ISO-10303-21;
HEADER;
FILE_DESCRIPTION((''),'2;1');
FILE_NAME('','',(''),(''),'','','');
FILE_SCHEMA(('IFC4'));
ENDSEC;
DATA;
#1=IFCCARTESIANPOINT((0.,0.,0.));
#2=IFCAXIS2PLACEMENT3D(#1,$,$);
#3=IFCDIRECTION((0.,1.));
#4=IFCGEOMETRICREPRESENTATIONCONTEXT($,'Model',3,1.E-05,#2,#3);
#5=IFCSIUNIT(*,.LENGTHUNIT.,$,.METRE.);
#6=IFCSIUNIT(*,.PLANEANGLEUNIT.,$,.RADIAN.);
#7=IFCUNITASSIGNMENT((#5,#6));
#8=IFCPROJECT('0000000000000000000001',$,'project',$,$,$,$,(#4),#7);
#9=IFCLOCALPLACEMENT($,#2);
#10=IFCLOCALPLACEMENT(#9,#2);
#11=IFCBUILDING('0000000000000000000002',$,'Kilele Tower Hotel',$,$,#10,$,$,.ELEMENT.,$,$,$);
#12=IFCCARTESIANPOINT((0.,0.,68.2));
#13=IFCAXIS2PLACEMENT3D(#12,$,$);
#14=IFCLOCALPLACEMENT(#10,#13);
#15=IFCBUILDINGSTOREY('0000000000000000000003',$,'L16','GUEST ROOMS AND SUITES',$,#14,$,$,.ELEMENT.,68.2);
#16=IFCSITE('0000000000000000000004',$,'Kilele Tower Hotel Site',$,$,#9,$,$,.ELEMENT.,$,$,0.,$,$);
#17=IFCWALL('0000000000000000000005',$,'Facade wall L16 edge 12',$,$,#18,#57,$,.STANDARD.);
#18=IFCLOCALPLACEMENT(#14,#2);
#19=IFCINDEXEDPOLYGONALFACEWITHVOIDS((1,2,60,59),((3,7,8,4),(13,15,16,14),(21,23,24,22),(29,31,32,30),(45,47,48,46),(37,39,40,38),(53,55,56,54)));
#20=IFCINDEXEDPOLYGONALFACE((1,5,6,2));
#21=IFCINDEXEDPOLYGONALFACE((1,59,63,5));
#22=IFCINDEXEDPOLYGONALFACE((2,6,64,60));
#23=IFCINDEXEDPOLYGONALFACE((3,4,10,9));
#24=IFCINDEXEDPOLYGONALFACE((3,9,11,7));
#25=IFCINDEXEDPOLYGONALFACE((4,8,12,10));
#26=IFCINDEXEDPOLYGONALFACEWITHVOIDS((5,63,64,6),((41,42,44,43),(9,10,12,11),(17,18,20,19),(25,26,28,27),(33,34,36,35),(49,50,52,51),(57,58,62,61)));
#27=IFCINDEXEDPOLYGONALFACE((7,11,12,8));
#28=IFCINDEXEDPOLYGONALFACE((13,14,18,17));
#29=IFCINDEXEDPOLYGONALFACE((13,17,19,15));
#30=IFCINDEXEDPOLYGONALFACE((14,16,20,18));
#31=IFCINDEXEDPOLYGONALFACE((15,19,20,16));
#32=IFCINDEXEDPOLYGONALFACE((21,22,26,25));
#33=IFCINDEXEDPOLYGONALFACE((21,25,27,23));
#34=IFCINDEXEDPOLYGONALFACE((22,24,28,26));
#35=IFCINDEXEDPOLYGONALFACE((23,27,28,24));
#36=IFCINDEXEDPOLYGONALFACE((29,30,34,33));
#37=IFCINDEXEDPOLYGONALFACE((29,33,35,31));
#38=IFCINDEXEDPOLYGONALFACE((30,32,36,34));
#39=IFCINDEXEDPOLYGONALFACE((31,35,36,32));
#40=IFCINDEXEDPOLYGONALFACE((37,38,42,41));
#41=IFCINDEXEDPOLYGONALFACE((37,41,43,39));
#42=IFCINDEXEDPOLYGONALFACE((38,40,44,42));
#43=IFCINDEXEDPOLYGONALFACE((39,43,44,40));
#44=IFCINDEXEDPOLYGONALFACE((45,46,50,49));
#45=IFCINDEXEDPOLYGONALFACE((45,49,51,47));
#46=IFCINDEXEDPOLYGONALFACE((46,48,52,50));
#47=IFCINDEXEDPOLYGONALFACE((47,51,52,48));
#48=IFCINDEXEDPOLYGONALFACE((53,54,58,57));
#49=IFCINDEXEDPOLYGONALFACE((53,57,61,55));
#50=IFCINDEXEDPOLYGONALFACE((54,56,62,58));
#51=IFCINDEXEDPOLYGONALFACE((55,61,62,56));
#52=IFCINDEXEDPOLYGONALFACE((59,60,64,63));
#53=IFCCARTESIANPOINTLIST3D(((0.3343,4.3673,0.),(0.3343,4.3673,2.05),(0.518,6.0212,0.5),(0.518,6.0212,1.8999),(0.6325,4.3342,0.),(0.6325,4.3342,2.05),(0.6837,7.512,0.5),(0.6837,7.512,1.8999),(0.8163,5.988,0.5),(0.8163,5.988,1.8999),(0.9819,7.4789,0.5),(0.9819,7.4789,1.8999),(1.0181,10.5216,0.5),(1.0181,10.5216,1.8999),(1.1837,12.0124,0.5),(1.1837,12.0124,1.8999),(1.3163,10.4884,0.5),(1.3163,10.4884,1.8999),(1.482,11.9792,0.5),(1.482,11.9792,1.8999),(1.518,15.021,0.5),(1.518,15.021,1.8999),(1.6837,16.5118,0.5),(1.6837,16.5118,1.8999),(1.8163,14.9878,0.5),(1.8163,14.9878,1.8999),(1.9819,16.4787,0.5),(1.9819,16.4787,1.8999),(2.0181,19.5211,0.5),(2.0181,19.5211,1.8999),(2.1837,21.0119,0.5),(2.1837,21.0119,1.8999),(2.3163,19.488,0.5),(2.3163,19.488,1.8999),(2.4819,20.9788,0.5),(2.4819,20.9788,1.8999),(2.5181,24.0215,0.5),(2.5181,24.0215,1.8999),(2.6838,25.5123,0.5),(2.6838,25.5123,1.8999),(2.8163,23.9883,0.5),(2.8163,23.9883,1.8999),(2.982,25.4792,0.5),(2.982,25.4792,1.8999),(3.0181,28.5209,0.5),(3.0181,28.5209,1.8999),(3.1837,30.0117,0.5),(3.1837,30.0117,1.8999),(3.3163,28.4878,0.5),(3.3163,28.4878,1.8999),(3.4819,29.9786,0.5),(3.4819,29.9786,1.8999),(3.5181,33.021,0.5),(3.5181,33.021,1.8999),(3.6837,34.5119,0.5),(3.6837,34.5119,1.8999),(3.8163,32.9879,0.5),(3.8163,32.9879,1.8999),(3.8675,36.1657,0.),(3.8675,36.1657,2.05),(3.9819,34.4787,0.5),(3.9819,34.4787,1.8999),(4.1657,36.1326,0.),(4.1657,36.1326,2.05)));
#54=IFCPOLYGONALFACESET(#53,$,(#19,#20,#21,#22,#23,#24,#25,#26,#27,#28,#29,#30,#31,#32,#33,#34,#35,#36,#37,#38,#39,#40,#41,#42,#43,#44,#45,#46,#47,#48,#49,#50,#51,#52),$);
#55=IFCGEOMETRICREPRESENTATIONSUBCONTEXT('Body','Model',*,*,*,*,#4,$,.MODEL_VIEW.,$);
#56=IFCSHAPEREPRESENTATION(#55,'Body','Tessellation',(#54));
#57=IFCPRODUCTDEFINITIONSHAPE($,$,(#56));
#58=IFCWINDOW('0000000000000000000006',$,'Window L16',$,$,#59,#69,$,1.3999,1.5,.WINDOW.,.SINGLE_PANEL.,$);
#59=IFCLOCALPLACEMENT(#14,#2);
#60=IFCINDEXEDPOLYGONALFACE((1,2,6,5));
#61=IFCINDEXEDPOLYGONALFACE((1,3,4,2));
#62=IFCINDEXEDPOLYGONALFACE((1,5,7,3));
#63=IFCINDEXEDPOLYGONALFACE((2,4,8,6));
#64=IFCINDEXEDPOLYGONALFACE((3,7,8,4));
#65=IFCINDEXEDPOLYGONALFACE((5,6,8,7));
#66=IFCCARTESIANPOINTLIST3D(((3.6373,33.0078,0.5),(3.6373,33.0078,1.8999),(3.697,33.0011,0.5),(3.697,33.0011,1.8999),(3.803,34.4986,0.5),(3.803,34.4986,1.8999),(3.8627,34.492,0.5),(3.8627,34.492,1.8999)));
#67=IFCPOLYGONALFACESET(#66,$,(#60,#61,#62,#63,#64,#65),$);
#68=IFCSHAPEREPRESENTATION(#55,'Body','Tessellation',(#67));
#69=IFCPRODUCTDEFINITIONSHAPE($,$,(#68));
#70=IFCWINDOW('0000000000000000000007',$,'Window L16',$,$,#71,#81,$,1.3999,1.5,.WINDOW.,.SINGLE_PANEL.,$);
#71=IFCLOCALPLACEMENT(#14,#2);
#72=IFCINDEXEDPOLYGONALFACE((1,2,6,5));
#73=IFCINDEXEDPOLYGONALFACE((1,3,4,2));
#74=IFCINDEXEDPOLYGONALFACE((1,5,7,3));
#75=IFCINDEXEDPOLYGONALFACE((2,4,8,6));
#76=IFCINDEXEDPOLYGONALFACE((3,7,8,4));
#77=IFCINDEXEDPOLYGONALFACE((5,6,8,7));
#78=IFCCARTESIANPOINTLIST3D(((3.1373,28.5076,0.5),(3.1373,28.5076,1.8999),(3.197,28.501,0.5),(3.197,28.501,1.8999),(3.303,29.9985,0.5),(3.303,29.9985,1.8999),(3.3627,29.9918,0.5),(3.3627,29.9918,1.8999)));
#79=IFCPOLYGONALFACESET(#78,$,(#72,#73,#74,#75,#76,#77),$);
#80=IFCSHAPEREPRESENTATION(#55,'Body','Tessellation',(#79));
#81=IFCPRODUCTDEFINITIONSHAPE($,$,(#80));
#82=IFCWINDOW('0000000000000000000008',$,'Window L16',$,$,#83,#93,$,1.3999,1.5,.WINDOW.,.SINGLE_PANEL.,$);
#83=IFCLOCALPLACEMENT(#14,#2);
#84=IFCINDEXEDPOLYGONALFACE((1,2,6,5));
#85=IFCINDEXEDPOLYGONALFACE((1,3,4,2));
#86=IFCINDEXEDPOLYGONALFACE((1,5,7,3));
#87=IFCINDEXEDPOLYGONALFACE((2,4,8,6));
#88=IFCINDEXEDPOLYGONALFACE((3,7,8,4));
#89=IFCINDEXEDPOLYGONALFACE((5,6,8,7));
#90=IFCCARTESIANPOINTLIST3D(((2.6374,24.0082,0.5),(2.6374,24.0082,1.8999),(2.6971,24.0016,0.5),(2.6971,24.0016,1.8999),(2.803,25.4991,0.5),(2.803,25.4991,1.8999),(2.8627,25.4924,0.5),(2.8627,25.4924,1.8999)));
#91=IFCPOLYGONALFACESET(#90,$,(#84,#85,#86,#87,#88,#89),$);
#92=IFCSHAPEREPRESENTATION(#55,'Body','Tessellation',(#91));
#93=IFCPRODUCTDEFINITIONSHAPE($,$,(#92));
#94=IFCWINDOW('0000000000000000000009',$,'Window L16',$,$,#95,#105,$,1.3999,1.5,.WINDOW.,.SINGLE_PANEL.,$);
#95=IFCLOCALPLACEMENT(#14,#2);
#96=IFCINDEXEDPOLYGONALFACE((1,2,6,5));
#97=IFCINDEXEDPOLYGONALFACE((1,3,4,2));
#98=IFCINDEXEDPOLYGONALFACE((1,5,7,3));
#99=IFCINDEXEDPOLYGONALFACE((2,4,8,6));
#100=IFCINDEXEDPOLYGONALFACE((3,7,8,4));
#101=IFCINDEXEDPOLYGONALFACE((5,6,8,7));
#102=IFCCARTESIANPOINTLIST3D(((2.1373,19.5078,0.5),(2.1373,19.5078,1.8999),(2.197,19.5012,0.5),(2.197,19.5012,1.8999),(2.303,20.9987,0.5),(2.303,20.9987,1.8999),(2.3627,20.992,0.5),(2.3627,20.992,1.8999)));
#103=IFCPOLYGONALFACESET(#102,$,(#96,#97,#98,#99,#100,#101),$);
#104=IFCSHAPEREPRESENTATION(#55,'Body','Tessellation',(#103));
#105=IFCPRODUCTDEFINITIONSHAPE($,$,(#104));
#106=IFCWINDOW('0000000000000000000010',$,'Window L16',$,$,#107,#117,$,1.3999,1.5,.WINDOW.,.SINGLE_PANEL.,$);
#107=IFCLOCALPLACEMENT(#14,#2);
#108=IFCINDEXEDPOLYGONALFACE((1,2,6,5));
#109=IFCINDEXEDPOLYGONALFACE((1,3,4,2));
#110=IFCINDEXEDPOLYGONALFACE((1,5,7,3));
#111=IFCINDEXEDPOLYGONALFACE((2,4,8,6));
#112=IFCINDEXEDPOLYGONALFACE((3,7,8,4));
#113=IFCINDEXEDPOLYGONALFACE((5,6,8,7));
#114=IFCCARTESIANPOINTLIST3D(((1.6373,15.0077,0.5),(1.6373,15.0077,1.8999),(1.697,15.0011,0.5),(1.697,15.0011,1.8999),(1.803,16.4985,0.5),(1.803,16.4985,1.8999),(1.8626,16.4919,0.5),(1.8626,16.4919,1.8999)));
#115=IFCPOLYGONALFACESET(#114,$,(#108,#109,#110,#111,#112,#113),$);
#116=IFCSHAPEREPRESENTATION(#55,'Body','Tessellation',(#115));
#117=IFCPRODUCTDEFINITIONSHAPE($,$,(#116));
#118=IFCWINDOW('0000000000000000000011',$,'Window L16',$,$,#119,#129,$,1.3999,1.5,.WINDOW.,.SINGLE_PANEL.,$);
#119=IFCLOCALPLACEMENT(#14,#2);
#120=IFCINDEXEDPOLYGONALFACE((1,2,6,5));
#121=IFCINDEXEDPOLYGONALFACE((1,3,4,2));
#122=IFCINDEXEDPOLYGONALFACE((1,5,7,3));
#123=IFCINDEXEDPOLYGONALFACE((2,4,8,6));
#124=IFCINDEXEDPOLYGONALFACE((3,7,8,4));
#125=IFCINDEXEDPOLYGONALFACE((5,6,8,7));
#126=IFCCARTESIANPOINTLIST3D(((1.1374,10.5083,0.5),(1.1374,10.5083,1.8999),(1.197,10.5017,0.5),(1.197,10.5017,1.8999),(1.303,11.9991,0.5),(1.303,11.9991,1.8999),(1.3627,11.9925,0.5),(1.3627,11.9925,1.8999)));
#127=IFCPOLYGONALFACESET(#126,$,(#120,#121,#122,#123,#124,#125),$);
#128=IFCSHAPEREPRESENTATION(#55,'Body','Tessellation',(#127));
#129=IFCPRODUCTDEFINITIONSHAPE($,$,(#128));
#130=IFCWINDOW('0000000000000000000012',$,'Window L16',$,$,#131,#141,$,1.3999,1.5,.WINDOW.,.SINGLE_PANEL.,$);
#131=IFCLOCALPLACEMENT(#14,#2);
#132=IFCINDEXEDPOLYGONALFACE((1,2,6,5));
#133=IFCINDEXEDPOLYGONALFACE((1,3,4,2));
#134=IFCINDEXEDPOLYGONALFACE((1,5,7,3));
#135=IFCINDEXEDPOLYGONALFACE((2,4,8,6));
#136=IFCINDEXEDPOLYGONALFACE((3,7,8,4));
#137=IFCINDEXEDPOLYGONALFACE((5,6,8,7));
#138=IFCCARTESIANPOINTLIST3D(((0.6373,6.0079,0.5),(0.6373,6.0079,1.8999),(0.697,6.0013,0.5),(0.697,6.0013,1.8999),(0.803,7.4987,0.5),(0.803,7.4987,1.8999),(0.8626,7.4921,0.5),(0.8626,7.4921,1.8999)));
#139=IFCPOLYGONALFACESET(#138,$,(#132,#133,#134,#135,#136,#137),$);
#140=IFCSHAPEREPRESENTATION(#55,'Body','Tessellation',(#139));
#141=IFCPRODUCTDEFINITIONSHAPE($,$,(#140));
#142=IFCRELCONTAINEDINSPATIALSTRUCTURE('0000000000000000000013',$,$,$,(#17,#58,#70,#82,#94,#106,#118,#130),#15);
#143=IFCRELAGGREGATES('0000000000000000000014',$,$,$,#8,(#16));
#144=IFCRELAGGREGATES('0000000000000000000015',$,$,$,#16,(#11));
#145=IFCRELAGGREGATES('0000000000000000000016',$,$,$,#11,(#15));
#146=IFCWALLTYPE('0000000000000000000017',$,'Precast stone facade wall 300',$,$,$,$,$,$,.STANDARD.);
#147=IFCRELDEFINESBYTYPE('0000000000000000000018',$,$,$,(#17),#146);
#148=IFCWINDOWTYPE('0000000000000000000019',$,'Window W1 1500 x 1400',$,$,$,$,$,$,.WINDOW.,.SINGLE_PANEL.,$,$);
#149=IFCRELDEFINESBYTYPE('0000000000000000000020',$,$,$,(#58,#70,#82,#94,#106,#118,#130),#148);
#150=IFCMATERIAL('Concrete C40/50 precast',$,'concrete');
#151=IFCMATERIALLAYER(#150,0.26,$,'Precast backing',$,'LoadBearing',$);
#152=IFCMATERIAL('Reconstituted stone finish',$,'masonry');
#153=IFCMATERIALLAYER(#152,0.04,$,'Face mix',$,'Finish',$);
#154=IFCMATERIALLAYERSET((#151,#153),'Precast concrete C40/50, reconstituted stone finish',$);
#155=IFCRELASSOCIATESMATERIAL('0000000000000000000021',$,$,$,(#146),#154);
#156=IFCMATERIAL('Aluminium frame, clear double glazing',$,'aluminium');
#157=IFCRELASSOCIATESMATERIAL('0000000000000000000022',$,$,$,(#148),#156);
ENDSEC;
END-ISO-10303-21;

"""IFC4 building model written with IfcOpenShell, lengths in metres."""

from ifc_helpers import new_model, si_unit, direction, frame, frame_2d, origin, place, context, subcontext, project, spatial, rectangle, extrude, material, layer, layer_set, type_object, element, fill, save


model = new_model("IFC4")

# Units and contexts
model_context = context("Model", 3, precision=1e-05, world=origin(), true_north=direction((0.0, 1.0)))
body_context = subcontext(model_context, "Body", "Model", "MODEL_VIEW")
ifc_project = project(units=[si_unit("LENGTHUNIT", "METRE"), si_unit("PLANEANGLEUNIT", "RADIAN")], contexts=[model_context])

# Site, building, storey
site_placement = place(None, origin())
site = spatial("IfcSite", under=ifc_project, at=site_placement, Name="Kilele Tower Hotel Site", CompositionType="ELEMENT", RefElevation=0.0)
building_placement = place(site_placement, origin())
building = spatial("IfcBuilding", under=site, at=building_placement, Name="Kilele Tower Hotel", CompositionType="ELEMENT")
storey_placement = place(building_placement, frame((0.0, 0.0, 68.2)))
storey = spatial("IfcBuildingStorey", under=building, at=storey_placement, Name="L16", Description="GUEST ROOMS AND SUITES", CompositionType="ELEMENT", Elevation=68.2)

# Shared definitions
ifc_material_1 = material(Name="Concrete C40/50 precast", Category="concrete")
ifc_layer_1 = layer(ifc_material_1, 0.26, Name="Precast backing", Category="LoadBearing")
ifc_material_2 = material(Name="Reconstituted stone finish", Category="masonry")
ifc_layer_2 = layer(ifc_material_2, 0.04, Name="Face mix", Category="Finish")
ifc_layer_set_1 = layer_set([ifc_layer_1, ifc_layer_2], Name="Precast concrete C40/50, reconstituted stone finish")
wall_type_1 = type_object("IfcWallType", Name="Precast stone facade wall 300", PredefinedType="STANDARD", material=ifc_layer_set_1)
ifc_material_3 = material(Name="Aluminium frame, clear double glazing", Category="aluminium")
window_type_1 = type_object("IfcWindowType", Name="Window W1 1500 x 1400", PartitioningType="SINGLE_PANEL", PredefinedType="WINDOW", material=ifc_material_3)

# Wall, openings, windows
wall_1_placement = place(storey_placement, frame((4.0166, 36.1492, 0.0), z_axis=(0.0, 0.0, 1.0), x_axis=(-0.110433, -0.993884, 0.0)))
wall_1 = element("IfcWall", 1, at=wall_1_placement, inside=storey, type_object=wall_type_1, Name="Facade wall L16 edge 12", PredefinedType="STANDARD", context=body_context, shape_type="SweptSolid", body=[
    extrude(rectangle(XDim=31.9941, YDim=0.3, at=frame_2d((15.9971, 0.0))), origin(), (0.0, 0.0, 1.0), 2.05),
])
opening_1_placement = place(wall_1_placement, frame((1.6641, 0.0, 0.5)))
opening_1 = element("IfcOpeningElement", 2, at=opening_1_placement, cuts=wall_1, PredefinedType="OPENING", context=body_context, shape_type="SweptSolid", body=[
    extrude(rectangle(XDim=1.5, YDim=1.3999, at=frame_2d((0.75, 0.7))), frame((0.0, 0.1599, 0.0), z_axis=(0.0, -1.0, 0.0), x_axis=(1.0, 0.0, 0.0)), (0.0, 0.0, 1.0), 0.3201),
])
opening_2_placement = place(wall_1_placement, frame((6.1919, 0.0, 0.5)))
opening_2 = element("IfcOpeningElement", 3, at=opening_2_placement, cuts=wall_1, PredefinedType="OPENING", context=body_context, shape_type="SweptSolid", body=[
    extrude(rectangle(XDim=1.5, YDim=1.3999, at=frame_2d((0.75, 0.7))), frame((0.0, 0.1599, 0.0), z_axis=(0.0, -1.0, 0.0), x_axis=(1.0, 0.0, 0.0)), (0.0, 0.0, 1.0), 0.3201),
])
opening_3_placement = place(wall_1_placement, frame((10.719, 0.0, 0.5)))
opening_3 = element("IfcOpeningElement", 4, at=opening_3_placement, cuts=wall_1, PredefinedType="OPENING", context=body_context, shape_type="SweptSolid", body=[
    extrude(rectangle(XDim=1.5, YDim=1.3999, at=frame_2d((0.75, 0.7))), frame((0.0, 0.1599, 0.0), z_axis=(0.0, -1.0, 0.0), x_axis=(1.0, 0.0, 0.0)), (0.0, 0.0, 1.0), 0.3201),
])
opening_4_placement = place(wall_1_placement, frame((15.2471, 0.0, 0.5)))
opening_4 = element("IfcOpeningElement", 5, at=opening_4_placement, cuts=wall_1, PredefinedType="OPENING", context=body_context, shape_type="SweptSolid", body=[
    extrude(rectangle(XDim=1.5, YDim=1.3999, at=frame_2d((0.75, 0.7))), frame((0.0, 0.1599, 0.0), z_axis=(0.0, -1.0, 0.0), x_axis=(1.0, 0.0, 0.0)), (0.0, 0.0, 1.0), 0.3201),
])
opening_5_placement = place(wall_1_placement, frame((19.7749, 0.0, 0.5)))
opening_5 = element("IfcOpeningElement", 6, at=opening_5_placement, cuts=wall_1, PredefinedType="OPENING", context=body_context, shape_type="SweptSolid", body=[
    extrude(rectangle(XDim=1.5, YDim=1.3999, at=frame_2d((0.75, 0.7))), frame((0.0, 0.1599, 0.0), z_axis=(0.0, -1.0, 0.0), x_axis=(1.0, 0.0, 0.0)), (0.0, 0.0, 1.0), 0.3201),
])
opening_6_placement = place(wall_1_placement, frame((24.302, 0.0, 0.5)))
opening_6 = element("IfcOpeningElement", 7, at=opening_6_placement, cuts=wall_1, PredefinedType="OPENING", context=body_context, shape_type="SweptSolid", body=[
    extrude(rectangle(XDim=1.5, YDim=1.3999, at=frame_2d((0.75, 0.7))), frame((0.0, 0.1599, 0.0), z_axis=(0.0, -1.0, 0.0), x_axis=(1.0, 0.0, 0.0)), (0.0, 0.0, 1.0), 0.3201),
])
opening_7_placement = place(wall_1_placement, frame((28.8301, 0.0, 0.5)))
opening_7 = element("IfcOpeningElement", 8, at=opening_7_placement, cuts=wall_1, PredefinedType="OPENING", context=body_context, shape_type="SweptSolid", body=[
    extrude(rectangle(XDim=1.5, YDim=1.3999, at=frame_2d((0.75, 0.7))), frame((0.0, 0.1599, 0.0), z_axis=(0.0, -1.0, 0.0), x_axis=(1.0, 0.0, 0.0)), (0.0, 0.0, 1.0), 0.3201),
])
window_1_placement = place(opening_1_placement, origin())
window_1 = element("IfcWindow", 9, at=window_1_placement, inside=storey, type_object=window_type_1, Name="Window L16", OverallHeight=1.3999, OverallWidth=1.5, PartitioningType="SINGLE_PANEL", PredefinedType="WINDOW", context=body_context, shape_type="SweptSolid", body=[
    extrude(rectangle(XDim=1.5, YDim=1.3999, at=frame_2d((0.75, 0.7))), frame((0.0, 0.03, 0.0), z_axis=(0.0, -1.0, 0.0), x_axis=(1.0, 0.0, 0.0)), (0.0, 0.0, 1.0), 0.0601),
])
fill(opening_1, window_1)
window_2_placement = place(opening_2_placement, origin())
window_2 = element("IfcWindow", 10, at=window_2_placement, inside=storey, type_object=window_type_1, Name="Window L16", OverallHeight=1.3999, OverallWidth=1.5, PartitioningType="SINGLE_PANEL", PredefinedType="WINDOW", context=body_context, shape_type="SweptSolid", body=[
    extrude(rectangle(XDim=1.5, YDim=1.3999, at=frame_2d((0.75, 0.7))), frame((0.0, 0.03, 0.0), z_axis=(0.0, -1.0, 0.0), x_axis=(1.0, 0.0, 0.0)), (0.0, 0.0, 1.0), 0.0601),
])
fill(opening_2, window_2)
window_3_placement = place(opening_3_placement, origin())
window_3 = element("IfcWindow", 11, at=window_3_placement, inside=storey, type_object=window_type_1, Name="Window L16", OverallHeight=1.3999, OverallWidth=1.5, PartitioningType="SINGLE_PANEL", PredefinedType="WINDOW", context=body_context, shape_type="SweptSolid", body=[
    extrude(rectangle(XDim=1.5, YDim=1.3999, at=frame_2d((0.75, 0.7))), frame((0.0, 0.03, 0.0), z_axis=(0.0, -1.0, 0.0), x_axis=(1.0, 0.0, 0.0)), (0.0, 0.0, 1.0), 0.0601),
])
fill(opening_3, window_3)
window_4_placement = place(opening_4_placement, origin())
window_4 = element("IfcWindow", 12, at=window_4_placement, inside=storey, type_object=window_type_1, Name="Window L16", OverallHeight=1.3999, OverallWidth=1.5, PartitioningType="SINGLE_PANEL", PredefinedType="WINDOW", context=body_context, shape_type="SweptSolid", body=[
    extrude(rectangle(XDim=1.5, YDim=1.3999, at=frame_2d((0.75, 0.7))), frame((0.0, 0.03, 0.0), z_axis=(0.0, -1.0, 0.0), x_axis=(1.0, 0.0, 0.0)), (0.0, 0.0, 1.0), 0.0601),
])
fill(opening_4, window_4)
window_5_placement = place(opening_5_placement, origin())
window_5 = element("IfcWindow", 13, at=window_5_placement, inside=storey, type_object=window_type_1, Name="Window L16", OverallHeight=1.3999, OverallWidth=1.5, PartitioningType="SINGLE_PANEL", PredefinedType="WINDOW", context=body_context, shape_type="SweptSolid", body=[
    extrude(rectangle(XDim=1.5, YDim=1.3999, at=frame_2d((0.75, 0.7))), frame((0.0, 0.03, 0.0), z_axis=(0.0, -1.0, 0.0), x_axis=(1.0, 0.0, 0.0)), (0.0, 0.0, 1.0), 0.0601),
])
fill(opening_5, window_5)
window_6_placement = place(opening_6_placement, origin())
window_6 = element("IfcWindow", 14, at=window_6_placement, inside=storey, type_object=window_type_1, Name="Window L16", OverallHeight=1.3999, OverallWidth=1.5, PartitioningType="SINGLE_PANEL", PredefinedType="WINDOW", context=body_context, shape_type="SweptSolid", body=[
    extrude(rectangle(XDim=1.5, YDim=1.3999, at=frame_2d((0.75, 0.7))), frame((0.0, 0.03, 0.0), z_axis=(0.0, -1.0, 0.0), x_axis=(1.0, 0.0, 0.0)), (0.0, 0.0, 1.0), 0.0601),
])
fill(opening_6, window_6)
window_7_placement = place(opening_7_placement, origin())
window_7 = element("IfcWindow", 15, at=window_7_placement, inside=storey, type_object=window_type_1, Name="Window L16", OverallHeight=1.3999, OverallWidth=1.5, PartitioningType="SINGLE_PANEL", PredefinedType="WINDOW", context=body_context, shape_type="SweptSolid", body=[
    extrude(rectangle(XDim=1.5, YDim=1.3999, at=frame_2d((0.75, 0.7))), frame((0.0, 0.03, 0.0), z_axis=(0.0, -1.0, 0.0), x_axis=(1.0, 0.0, 0.0)), (0.0, 0.0, 1.0), 0.0601),
])
fill(opening_7, window_7)

save(model, "model.ifc")
